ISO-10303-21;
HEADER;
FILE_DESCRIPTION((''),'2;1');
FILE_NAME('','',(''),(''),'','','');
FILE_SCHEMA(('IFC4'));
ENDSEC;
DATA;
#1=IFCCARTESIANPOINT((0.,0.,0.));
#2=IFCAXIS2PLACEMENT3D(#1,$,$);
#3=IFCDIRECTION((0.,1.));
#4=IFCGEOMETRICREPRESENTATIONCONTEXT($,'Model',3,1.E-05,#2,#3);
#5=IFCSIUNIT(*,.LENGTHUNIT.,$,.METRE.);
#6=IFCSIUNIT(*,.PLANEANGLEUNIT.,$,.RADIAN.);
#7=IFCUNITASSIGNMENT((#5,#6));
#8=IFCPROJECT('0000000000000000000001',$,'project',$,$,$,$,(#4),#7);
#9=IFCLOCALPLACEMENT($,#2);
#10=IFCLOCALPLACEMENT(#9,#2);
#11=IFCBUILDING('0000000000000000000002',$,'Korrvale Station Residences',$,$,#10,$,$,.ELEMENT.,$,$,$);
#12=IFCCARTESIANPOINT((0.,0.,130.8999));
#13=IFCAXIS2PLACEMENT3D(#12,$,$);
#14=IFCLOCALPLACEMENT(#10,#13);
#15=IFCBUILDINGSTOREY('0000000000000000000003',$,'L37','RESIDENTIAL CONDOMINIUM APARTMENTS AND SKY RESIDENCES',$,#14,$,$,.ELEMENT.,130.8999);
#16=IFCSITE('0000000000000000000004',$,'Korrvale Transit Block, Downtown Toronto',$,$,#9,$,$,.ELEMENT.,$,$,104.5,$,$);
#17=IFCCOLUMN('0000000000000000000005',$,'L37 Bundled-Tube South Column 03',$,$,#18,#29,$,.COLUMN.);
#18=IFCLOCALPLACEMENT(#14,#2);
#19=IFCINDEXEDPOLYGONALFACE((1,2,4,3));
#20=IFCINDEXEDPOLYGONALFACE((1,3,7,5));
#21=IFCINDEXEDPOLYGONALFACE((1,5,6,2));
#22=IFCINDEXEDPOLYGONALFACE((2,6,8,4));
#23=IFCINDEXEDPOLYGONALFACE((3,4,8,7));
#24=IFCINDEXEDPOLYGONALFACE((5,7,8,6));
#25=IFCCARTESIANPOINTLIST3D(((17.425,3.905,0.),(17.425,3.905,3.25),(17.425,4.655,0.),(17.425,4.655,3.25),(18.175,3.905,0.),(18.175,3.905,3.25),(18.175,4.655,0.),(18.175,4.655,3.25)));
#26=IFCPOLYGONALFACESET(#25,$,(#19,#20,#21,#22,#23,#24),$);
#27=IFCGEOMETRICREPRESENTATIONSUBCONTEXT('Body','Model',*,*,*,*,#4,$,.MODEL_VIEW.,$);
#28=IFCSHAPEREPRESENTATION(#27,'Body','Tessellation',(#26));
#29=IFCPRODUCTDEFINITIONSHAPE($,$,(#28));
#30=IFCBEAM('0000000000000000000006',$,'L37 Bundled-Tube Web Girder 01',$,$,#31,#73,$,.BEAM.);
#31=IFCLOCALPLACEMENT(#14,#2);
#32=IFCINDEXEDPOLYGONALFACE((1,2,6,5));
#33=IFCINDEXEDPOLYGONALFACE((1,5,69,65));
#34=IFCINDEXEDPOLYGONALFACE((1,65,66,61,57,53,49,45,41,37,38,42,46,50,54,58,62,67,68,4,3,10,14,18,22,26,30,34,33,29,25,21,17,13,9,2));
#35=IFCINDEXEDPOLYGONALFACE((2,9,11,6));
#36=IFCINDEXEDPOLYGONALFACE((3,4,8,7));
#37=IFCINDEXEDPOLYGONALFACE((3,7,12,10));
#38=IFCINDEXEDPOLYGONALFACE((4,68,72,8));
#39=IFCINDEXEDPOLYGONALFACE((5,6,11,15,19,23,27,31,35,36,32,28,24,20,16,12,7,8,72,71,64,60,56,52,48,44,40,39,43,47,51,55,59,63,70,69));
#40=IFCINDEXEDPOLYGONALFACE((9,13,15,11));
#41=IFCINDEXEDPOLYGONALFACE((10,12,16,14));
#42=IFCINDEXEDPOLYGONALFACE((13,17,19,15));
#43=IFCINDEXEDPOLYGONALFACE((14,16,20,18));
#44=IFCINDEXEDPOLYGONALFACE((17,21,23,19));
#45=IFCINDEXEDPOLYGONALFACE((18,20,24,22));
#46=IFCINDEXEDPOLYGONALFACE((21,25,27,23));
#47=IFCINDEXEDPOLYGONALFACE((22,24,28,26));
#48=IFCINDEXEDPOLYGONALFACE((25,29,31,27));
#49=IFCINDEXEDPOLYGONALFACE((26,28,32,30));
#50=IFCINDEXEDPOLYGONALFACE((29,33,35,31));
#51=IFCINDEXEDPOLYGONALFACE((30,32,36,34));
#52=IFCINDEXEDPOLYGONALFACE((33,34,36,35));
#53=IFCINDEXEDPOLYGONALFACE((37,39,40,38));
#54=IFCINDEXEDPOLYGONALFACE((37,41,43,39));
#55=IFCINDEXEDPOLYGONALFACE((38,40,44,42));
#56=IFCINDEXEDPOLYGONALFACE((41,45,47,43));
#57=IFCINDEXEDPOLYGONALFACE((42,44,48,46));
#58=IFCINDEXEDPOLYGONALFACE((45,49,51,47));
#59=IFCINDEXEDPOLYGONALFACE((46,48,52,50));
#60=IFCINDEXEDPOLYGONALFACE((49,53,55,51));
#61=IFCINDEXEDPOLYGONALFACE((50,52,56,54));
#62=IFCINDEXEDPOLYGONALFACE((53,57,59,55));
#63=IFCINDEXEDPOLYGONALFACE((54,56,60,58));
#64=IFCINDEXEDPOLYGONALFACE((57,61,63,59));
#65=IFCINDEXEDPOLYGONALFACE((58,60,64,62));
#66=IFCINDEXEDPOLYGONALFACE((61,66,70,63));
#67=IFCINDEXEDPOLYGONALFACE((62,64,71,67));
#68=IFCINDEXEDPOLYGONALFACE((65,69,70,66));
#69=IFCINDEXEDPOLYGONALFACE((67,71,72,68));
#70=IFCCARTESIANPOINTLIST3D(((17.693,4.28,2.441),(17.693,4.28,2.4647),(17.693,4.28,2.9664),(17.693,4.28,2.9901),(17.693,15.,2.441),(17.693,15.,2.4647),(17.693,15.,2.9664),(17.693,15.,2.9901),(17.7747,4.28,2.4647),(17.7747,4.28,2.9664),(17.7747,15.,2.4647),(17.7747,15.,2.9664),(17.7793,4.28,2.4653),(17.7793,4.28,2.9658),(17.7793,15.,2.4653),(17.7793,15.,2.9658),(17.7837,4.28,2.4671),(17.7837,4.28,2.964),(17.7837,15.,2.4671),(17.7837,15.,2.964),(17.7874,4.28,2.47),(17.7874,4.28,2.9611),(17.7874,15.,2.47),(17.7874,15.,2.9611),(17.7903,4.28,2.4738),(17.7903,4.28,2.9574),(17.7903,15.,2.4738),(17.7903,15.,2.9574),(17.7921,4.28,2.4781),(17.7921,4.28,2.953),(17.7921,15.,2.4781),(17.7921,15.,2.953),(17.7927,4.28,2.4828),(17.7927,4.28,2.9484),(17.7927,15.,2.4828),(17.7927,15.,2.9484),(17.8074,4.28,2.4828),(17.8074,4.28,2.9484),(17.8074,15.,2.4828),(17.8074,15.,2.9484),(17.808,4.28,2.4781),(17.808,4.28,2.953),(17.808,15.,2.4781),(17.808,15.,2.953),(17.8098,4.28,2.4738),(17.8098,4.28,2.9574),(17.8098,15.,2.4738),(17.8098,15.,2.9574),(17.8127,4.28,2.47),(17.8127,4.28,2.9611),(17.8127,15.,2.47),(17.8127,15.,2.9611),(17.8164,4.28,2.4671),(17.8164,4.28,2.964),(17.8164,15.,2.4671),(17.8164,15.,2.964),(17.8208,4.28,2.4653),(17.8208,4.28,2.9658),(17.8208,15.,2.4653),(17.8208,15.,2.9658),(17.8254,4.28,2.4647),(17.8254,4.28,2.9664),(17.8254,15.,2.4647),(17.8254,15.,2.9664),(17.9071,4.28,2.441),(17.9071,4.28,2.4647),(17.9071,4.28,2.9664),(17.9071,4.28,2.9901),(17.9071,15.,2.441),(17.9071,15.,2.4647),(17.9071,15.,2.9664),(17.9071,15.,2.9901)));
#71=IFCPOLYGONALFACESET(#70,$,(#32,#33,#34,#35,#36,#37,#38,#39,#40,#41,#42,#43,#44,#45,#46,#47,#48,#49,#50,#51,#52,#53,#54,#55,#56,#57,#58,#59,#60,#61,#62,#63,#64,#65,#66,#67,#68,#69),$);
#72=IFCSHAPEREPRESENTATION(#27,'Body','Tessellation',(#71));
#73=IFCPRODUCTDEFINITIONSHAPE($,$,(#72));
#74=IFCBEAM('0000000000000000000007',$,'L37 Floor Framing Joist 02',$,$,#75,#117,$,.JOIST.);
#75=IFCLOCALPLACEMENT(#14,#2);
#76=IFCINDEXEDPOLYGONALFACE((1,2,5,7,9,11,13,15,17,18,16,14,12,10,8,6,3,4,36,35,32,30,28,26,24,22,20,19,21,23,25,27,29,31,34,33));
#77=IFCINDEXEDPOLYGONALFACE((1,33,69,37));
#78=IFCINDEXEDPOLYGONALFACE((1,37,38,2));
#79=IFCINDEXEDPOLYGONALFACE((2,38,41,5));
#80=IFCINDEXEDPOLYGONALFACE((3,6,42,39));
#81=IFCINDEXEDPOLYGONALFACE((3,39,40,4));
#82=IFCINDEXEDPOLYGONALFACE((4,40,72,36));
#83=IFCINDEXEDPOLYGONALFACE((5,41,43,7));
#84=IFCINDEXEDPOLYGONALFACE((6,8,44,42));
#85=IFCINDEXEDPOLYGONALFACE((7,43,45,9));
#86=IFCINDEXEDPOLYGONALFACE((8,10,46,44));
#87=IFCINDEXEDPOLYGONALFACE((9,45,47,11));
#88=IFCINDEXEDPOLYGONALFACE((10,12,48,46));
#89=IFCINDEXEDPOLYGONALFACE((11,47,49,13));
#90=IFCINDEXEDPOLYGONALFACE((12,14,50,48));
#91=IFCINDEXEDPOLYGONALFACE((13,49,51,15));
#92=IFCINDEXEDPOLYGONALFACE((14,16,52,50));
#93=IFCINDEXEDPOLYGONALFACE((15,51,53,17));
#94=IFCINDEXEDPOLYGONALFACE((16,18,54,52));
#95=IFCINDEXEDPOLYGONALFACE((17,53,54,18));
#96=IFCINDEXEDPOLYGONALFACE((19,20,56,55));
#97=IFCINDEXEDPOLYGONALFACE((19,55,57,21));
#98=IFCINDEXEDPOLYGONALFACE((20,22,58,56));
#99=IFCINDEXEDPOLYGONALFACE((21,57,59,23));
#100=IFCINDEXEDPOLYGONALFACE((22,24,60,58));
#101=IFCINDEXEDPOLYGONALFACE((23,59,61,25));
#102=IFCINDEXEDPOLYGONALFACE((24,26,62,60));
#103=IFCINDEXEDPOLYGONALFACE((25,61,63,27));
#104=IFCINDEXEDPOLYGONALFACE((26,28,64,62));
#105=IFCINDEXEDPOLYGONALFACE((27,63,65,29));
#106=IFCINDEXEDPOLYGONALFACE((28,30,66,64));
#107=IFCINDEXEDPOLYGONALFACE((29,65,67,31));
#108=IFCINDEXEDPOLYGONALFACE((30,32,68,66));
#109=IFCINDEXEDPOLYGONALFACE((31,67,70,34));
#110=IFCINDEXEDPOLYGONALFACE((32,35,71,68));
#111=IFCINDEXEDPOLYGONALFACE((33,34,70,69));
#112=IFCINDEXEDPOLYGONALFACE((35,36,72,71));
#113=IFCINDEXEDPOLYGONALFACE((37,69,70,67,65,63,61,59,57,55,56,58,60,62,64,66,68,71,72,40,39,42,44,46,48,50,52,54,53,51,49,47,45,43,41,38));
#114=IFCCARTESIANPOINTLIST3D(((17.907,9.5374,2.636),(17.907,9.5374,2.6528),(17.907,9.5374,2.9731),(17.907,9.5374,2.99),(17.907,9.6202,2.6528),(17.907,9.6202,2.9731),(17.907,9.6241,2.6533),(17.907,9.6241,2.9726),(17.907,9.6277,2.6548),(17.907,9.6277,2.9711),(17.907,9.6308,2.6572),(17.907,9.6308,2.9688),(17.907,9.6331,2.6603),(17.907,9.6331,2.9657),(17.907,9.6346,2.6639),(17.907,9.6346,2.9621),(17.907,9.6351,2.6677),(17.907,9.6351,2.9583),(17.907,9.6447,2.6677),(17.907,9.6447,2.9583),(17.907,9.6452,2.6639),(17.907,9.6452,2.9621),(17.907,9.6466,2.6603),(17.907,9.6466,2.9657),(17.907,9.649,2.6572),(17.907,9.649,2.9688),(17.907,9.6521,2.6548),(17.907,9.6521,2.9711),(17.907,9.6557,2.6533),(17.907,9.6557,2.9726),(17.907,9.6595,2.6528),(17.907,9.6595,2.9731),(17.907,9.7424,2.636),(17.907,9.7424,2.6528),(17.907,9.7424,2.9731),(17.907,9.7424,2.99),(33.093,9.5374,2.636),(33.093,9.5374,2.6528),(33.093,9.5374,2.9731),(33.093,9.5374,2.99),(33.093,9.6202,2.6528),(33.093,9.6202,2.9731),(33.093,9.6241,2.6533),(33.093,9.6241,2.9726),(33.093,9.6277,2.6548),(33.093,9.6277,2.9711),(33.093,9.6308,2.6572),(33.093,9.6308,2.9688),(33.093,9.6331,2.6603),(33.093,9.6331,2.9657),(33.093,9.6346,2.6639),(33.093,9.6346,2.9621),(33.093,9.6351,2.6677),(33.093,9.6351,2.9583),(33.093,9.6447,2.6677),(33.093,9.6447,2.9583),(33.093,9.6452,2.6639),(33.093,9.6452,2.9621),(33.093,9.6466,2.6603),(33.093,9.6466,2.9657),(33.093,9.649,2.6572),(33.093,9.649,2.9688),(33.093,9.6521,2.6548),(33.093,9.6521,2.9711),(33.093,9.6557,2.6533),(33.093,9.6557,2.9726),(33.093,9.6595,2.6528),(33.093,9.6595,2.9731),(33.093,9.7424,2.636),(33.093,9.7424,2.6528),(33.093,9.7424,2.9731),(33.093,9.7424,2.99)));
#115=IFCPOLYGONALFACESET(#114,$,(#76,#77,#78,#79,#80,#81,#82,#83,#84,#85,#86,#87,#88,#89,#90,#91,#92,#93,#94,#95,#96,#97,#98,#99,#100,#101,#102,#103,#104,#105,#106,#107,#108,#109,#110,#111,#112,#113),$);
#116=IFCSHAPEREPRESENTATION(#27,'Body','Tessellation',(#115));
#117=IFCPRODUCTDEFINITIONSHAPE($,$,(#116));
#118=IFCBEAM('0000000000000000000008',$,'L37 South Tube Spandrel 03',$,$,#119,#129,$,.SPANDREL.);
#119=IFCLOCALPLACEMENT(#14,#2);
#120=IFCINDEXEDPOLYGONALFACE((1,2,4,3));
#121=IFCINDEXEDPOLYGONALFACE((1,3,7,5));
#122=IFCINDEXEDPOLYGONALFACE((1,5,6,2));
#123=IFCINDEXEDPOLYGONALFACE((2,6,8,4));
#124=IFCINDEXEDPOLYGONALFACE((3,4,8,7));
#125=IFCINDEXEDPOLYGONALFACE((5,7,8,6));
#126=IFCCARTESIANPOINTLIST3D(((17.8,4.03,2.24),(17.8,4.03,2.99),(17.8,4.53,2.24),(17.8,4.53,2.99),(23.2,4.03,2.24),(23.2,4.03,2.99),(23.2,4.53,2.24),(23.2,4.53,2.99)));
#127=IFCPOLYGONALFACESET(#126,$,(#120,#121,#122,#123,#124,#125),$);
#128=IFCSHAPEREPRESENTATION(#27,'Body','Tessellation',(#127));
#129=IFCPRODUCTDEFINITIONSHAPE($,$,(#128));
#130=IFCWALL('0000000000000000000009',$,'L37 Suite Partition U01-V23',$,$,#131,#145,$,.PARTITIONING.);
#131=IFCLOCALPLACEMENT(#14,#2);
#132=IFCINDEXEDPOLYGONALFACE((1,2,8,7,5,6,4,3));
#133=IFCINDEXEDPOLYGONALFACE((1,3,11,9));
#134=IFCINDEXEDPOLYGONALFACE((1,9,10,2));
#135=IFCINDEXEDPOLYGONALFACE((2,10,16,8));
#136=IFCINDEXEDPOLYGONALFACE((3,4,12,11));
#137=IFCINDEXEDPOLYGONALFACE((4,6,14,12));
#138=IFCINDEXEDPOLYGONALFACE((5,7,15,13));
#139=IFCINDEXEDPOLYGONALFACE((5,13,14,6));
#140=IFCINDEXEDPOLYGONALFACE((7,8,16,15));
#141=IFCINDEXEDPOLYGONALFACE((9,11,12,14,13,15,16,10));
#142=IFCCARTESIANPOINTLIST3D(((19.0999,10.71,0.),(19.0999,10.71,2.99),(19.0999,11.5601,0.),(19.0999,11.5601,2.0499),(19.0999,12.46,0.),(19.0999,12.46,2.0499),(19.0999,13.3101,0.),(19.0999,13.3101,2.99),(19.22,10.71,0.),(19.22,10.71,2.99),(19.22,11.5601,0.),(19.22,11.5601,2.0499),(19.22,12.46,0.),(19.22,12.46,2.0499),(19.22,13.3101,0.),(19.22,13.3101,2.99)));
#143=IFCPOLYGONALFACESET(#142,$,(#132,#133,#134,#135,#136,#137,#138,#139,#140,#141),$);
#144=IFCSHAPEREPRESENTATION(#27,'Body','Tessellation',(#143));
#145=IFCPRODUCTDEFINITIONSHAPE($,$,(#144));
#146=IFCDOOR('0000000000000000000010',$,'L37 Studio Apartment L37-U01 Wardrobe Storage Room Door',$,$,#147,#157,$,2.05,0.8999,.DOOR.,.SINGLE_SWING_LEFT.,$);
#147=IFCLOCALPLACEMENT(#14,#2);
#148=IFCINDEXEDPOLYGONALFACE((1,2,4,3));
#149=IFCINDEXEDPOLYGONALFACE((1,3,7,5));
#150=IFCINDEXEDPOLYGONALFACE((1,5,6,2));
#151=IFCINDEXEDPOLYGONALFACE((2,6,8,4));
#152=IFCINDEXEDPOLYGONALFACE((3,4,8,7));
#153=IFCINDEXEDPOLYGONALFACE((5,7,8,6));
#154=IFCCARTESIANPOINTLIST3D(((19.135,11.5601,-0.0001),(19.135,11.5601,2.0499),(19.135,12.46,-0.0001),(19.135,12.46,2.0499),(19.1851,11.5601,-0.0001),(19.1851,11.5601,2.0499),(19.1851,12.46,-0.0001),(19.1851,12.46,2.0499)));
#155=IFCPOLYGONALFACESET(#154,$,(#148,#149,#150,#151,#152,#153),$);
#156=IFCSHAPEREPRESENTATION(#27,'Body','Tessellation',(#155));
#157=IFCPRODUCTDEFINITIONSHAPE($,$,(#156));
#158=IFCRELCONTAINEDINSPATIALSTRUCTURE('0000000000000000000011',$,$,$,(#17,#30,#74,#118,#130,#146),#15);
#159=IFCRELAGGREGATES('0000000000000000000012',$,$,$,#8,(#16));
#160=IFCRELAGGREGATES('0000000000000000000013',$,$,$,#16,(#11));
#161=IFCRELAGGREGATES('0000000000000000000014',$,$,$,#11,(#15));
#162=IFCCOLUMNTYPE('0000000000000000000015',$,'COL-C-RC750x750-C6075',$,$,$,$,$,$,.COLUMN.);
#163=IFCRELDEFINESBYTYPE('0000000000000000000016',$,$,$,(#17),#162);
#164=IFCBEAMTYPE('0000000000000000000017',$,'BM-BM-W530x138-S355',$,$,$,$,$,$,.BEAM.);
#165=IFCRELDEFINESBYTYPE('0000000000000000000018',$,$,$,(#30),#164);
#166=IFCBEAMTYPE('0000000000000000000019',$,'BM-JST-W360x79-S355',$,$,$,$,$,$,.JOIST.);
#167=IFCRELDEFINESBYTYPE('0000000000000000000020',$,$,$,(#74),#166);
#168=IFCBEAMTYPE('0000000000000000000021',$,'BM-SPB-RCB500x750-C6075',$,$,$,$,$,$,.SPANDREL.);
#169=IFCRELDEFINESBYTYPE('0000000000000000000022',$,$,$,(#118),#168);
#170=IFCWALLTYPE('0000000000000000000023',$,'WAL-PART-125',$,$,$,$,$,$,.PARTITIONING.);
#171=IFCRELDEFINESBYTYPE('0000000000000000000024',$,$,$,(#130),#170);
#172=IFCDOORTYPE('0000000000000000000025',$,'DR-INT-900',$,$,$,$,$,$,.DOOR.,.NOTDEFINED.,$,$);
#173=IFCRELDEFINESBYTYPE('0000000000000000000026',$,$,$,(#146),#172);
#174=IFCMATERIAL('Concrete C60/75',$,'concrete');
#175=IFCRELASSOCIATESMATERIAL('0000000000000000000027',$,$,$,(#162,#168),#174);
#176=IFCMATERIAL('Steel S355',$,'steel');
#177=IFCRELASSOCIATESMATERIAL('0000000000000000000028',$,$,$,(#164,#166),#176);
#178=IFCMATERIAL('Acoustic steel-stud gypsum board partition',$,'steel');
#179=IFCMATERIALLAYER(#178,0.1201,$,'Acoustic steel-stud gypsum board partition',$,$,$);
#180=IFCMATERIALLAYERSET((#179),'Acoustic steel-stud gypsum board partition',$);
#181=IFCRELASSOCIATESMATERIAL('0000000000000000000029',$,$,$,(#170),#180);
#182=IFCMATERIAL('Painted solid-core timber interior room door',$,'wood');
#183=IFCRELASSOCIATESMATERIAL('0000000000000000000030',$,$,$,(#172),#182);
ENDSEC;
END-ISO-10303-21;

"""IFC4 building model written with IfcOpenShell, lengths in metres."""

from ifc_helpers import new_model, si_unit, direction, frame, frame_2d, origin, origin_2d, place, context, subcontext, project, spatial, rectangle, i_section, extrude, material, layer, layer_set, material_profile, profile_set, type_object, element, fill, save


model = new_model("IFC4")

# Units and contexts
model_context = context("Model", 3, precision=1e-05, world=origin(), true_north=direction((0.0, 1.0)))
body_context = subcontext(model_context, "Body", "Model", "MODEL_VIEW")
ifc_project = project(units=[si_unit("LENGTHUNIT", "METRE"), si_unit("PLANEANGLEUNIT", "RADIAN")], contexts=[model_context])

# Site, building, storey
site_placement = place(None, origin())
site = spatial("IfcSite", under=ifc_project, at=site_placement, Name="Korrvale Transit Block, Downtown Toronto", CompositionType="ELEMENT", RefElevation=104.5)
building_placement = place(site_placement, origin())
building = spatial("IfcBuilding", under=site, at=building_placement, Name="Korrvale Station Residences", CompositionType="ELEMENT")
storey_placement = place(building_placement, frame((0.0, 0.0, 130.8999)))
storey = spatial("IfcBuildingStorey", under=building, at=storey_placement, Name="L37", Description="RESIDENTIAL CONDOMINIUM APARTMENTS AND SKY RESIDENCES", CompositionType="ELEMENT", Elevation=130.8999)

# Column
ifc_material_1 = material(Name="Concrete C60/75", Category="concrete")
ifc_material_profile_1 = material_profile(ifc_material_1, rectangle(XDim=0.75, YDim=0.75, at=origin_2d()), Name="RC750x750")
ifc_profile_set_1 = profile_set([ifc_material_profile_1], Name="Concrete C60/75")
column_type = type_object("IfcColumnType", Name="COL-C-RC750x750-C6075", PredefinedType="COLUMN", material=ifc_profile_set_1)
column_placement = place(storey_placement, frame((17.8, 4.28, 0.0), z_axis=(0.0, 0.0, 1.0), x_axis=(1.0, 0.0, 0.0)))
element("IfcColumn", 1, at=column_placement, inside=storey, type_object=column_type, Name="L37 Bundled-Tube South Column 03", PredefinedType="COLUMN", context=body_context, shape_type="SweptSolid", body=[
    extrude(rectangle(XDim=0.75, YDim=0.75, at=origin_2d()), origin(), (0.0, 0.0, 1.0), 3.25),
])

# Beams
ifc_material_2 = material(Name="Steel S355", Category="steel")
ifc_material_profile_2 = material_profile(ifc_material_2, i_section(OverallWidth=0.2141, OverallDepth=0.5491, WebThickness=0.0146, FlangeThickness=0.0237, FilletRadius=0.0181, at=origin_2d()), Name="W530x138")
ifc_profile_set_2 = profile_set([ifc_material_profile_2], Name="Steel S355")
beam_type_1 = type_object("IfcBeamType", Name="BM-BM-W530x138-S355", PredefinedType="BEAM", material=ifc_profile_set_2)
beam_1_placement = place(storey_placement, frame((17.8, 4.28, 2.7156), z_axis=(0.0, 1.0, 0.0), x_axis=(-1.0, 0.0, 0.0)))
element("IfcBeam", 2, at=beam_1_placement, inside=storey, type_object=beam_type_1, Name="L37 Bundled-Tube Web Girder 01", PredefinedType="BEAM", context=body_context, shape_type="SweptSolid", body=[
    extrude(i_section(OverallWidth=0.2141, OverallDepth=0.5491, WebThickness=0.0146, FlangeThickness=0.0237, FilletRadius=0.0181, at=origin_2d()), origin(), (0.0, 0.0, 1.0), 10.72),
])
ifc_material_profile_3 = material_profile(ifc_material_2, i_section(OverallWidth=0.2051, OverallDepth=0.354, WebThickness=0.0095, FlangeThickness=0.0168, FilletRadius=0.0149, at=origin_2d()), Name="W360x79")
ifc_profile_set_3 = profile_set([ifc_material_profile_3], Name="Steel S355")
beam_type_2 = type_object("IfcBeamType", Name="BM-JST-W360x79-S355", PredefinedType="JOIST", material=ifc_profile_set_3)
beam_2_placement = place(storey_placement, frame((17.907, 9.6399, 2.813), z_axis=(1.0, 0.0, 0.0), x_axis=(0.0, 1.0, 0.0)))
element("IfcBeam", 3, at=beam_2_placement, inside=storey, type_object=beam_type_2, Name="L37 Floor Framing Joist 02", PredefinedType="JOIST", context=body_context, shape_type="SweptSolid", body=[
    extrude(i_section(OverallWidth=0.2051, OverallDepth=0.354, WebThickness=0.0095, FlangeThickness=0.0168, FilletRadius=0.0149, at=origin_2d()), origin(), (0.0, 0.0, 1.0), 15.186),
])
ifc_material_profile_4 = material_profile(ifc_material_1, rectangle(XDim=0.5, YDim=0.75, at=origin_2d()), Name="RCB500x750")
ifc_profile_set_4 = profile_set([ifc_material_profile_4], Name="Concrete C60/75")
beam_type_3 = type_object("IfcBeamType", Name="BM-SPB-RCB500x750-C6075", PredefinedType="SPANDREL", material=ifc_profile_set_4)
beam_3_placement = place(storey_placement, frame((17.8, 4.28, 2.615), z_axis=(1.0, 0.0, 0.0), x_axis=(0.0, 1.0, 0.0)))
element("IfcBeam", 4, at=beam_3_placement, inside=storey, type_object=beam_type_3, Name="L37 South Tube Spandrel 03", PredefinedType="SPANDREL", context=body_context, shape_type="SweptSolid", body=[
    extrude(rectangle(XDim=0.5, YDim=0.75, at=origin_2d()), origin(), (0.0, 0.0, 1.0), 5.3999),
])

# Wall, opening, door
ifc_material_3 = material(Name="Acoustic steel-stud gypsum board partition", Category="steel")
ifc_layer = layer(ifc_material_3, 0.1201, Name="Acoustic steel-stud gypsum board partition")
ifc_layer_set = layer_set([ifc_layer], Name="Acoustic steel-stud gypsum board partition")
wall_type = type_object("IfcWallType", Name="WAL-PART-125", PredefinedType="PARTITIONING", material=ifc_layer_set)
wall_1_placement = place(storey_placement, frame((19.1599, 10.71, 0.0), z_axis=(0.0, 0.0, 1.0), x_axis=(0.0, 1.0, 0.0)))
wall_1 = element("IfcWall", 5, at=wall_1_placement, inside=storey, type_object=wall_type, Name="L37 Suite Partition U01-V23", PredefinedType="PARTITIONING", context=body_context, shape_type="SweptSolid", body=[
    extrude(rectangle(XDim=2.6001, YDim=0.1201, at=frame_2d((1.3, 0.0))), origin(), (0.0, 0.0, 1.0), 2.99),
])
opening_1_placement = place(wall_1_placement, frame((0.8501, 0.0, 0.0)))
opening_1 = element("IfcOpeningElement", 6, at=opening_1_placement, cuts=wall_1, PredefinedType="OPENING", context=body_context, shape_type="SweptSolid", body=[
    extrude(rectangle(XDim=0.8999, YDim=2.05, at=frame_2d((0.45, 1.0249))), frame((0.0, 0.0701, 0.0), z_axis=(0.0, -1.0, 0.0), x_axis=(1.0, 0.0, 0.0)), (0.0, 0.0, 1.0), 0.1401),
])
ifc_material_4 = material(Name="Painted solid-core timber interior room door", Category="wood")
door_type = type_object("IfcDoorType", Name="DR-INT-900", OperationType="NOTDEFINED", PredefinedType="DOOR", material=ifc_material_4)
door_1_placement = place(opening_1_placement, origin())
door_1 = element("IfcDoor", 7, at=door_1_placement, inside=storey, type_object=door_type, Name="L37 Studio Apartment L37-U01 Wardrobe Storage Room Door", OperationType="SINGLE_SWING_LEFT", OverallHeight=2.05, OverallWidth=0.8999, PredefinedType="DOOR", context=body_context, shape_type="SweptSolid", body=[
    extrude(rectangle(XDim=0.8999, YDim=2.05, at=frame_2d((0.45, 1.0249))), frame((0.0, 0.0249, 0.0), z_axis=(0.0, -1.0, 0.0), x_axis=(1.0, 0.0, 0.0)), (0.0, 0.0, 1.0), 0.05),
])
fill(opening_1, door_1)

save(model, "model.ifc")
